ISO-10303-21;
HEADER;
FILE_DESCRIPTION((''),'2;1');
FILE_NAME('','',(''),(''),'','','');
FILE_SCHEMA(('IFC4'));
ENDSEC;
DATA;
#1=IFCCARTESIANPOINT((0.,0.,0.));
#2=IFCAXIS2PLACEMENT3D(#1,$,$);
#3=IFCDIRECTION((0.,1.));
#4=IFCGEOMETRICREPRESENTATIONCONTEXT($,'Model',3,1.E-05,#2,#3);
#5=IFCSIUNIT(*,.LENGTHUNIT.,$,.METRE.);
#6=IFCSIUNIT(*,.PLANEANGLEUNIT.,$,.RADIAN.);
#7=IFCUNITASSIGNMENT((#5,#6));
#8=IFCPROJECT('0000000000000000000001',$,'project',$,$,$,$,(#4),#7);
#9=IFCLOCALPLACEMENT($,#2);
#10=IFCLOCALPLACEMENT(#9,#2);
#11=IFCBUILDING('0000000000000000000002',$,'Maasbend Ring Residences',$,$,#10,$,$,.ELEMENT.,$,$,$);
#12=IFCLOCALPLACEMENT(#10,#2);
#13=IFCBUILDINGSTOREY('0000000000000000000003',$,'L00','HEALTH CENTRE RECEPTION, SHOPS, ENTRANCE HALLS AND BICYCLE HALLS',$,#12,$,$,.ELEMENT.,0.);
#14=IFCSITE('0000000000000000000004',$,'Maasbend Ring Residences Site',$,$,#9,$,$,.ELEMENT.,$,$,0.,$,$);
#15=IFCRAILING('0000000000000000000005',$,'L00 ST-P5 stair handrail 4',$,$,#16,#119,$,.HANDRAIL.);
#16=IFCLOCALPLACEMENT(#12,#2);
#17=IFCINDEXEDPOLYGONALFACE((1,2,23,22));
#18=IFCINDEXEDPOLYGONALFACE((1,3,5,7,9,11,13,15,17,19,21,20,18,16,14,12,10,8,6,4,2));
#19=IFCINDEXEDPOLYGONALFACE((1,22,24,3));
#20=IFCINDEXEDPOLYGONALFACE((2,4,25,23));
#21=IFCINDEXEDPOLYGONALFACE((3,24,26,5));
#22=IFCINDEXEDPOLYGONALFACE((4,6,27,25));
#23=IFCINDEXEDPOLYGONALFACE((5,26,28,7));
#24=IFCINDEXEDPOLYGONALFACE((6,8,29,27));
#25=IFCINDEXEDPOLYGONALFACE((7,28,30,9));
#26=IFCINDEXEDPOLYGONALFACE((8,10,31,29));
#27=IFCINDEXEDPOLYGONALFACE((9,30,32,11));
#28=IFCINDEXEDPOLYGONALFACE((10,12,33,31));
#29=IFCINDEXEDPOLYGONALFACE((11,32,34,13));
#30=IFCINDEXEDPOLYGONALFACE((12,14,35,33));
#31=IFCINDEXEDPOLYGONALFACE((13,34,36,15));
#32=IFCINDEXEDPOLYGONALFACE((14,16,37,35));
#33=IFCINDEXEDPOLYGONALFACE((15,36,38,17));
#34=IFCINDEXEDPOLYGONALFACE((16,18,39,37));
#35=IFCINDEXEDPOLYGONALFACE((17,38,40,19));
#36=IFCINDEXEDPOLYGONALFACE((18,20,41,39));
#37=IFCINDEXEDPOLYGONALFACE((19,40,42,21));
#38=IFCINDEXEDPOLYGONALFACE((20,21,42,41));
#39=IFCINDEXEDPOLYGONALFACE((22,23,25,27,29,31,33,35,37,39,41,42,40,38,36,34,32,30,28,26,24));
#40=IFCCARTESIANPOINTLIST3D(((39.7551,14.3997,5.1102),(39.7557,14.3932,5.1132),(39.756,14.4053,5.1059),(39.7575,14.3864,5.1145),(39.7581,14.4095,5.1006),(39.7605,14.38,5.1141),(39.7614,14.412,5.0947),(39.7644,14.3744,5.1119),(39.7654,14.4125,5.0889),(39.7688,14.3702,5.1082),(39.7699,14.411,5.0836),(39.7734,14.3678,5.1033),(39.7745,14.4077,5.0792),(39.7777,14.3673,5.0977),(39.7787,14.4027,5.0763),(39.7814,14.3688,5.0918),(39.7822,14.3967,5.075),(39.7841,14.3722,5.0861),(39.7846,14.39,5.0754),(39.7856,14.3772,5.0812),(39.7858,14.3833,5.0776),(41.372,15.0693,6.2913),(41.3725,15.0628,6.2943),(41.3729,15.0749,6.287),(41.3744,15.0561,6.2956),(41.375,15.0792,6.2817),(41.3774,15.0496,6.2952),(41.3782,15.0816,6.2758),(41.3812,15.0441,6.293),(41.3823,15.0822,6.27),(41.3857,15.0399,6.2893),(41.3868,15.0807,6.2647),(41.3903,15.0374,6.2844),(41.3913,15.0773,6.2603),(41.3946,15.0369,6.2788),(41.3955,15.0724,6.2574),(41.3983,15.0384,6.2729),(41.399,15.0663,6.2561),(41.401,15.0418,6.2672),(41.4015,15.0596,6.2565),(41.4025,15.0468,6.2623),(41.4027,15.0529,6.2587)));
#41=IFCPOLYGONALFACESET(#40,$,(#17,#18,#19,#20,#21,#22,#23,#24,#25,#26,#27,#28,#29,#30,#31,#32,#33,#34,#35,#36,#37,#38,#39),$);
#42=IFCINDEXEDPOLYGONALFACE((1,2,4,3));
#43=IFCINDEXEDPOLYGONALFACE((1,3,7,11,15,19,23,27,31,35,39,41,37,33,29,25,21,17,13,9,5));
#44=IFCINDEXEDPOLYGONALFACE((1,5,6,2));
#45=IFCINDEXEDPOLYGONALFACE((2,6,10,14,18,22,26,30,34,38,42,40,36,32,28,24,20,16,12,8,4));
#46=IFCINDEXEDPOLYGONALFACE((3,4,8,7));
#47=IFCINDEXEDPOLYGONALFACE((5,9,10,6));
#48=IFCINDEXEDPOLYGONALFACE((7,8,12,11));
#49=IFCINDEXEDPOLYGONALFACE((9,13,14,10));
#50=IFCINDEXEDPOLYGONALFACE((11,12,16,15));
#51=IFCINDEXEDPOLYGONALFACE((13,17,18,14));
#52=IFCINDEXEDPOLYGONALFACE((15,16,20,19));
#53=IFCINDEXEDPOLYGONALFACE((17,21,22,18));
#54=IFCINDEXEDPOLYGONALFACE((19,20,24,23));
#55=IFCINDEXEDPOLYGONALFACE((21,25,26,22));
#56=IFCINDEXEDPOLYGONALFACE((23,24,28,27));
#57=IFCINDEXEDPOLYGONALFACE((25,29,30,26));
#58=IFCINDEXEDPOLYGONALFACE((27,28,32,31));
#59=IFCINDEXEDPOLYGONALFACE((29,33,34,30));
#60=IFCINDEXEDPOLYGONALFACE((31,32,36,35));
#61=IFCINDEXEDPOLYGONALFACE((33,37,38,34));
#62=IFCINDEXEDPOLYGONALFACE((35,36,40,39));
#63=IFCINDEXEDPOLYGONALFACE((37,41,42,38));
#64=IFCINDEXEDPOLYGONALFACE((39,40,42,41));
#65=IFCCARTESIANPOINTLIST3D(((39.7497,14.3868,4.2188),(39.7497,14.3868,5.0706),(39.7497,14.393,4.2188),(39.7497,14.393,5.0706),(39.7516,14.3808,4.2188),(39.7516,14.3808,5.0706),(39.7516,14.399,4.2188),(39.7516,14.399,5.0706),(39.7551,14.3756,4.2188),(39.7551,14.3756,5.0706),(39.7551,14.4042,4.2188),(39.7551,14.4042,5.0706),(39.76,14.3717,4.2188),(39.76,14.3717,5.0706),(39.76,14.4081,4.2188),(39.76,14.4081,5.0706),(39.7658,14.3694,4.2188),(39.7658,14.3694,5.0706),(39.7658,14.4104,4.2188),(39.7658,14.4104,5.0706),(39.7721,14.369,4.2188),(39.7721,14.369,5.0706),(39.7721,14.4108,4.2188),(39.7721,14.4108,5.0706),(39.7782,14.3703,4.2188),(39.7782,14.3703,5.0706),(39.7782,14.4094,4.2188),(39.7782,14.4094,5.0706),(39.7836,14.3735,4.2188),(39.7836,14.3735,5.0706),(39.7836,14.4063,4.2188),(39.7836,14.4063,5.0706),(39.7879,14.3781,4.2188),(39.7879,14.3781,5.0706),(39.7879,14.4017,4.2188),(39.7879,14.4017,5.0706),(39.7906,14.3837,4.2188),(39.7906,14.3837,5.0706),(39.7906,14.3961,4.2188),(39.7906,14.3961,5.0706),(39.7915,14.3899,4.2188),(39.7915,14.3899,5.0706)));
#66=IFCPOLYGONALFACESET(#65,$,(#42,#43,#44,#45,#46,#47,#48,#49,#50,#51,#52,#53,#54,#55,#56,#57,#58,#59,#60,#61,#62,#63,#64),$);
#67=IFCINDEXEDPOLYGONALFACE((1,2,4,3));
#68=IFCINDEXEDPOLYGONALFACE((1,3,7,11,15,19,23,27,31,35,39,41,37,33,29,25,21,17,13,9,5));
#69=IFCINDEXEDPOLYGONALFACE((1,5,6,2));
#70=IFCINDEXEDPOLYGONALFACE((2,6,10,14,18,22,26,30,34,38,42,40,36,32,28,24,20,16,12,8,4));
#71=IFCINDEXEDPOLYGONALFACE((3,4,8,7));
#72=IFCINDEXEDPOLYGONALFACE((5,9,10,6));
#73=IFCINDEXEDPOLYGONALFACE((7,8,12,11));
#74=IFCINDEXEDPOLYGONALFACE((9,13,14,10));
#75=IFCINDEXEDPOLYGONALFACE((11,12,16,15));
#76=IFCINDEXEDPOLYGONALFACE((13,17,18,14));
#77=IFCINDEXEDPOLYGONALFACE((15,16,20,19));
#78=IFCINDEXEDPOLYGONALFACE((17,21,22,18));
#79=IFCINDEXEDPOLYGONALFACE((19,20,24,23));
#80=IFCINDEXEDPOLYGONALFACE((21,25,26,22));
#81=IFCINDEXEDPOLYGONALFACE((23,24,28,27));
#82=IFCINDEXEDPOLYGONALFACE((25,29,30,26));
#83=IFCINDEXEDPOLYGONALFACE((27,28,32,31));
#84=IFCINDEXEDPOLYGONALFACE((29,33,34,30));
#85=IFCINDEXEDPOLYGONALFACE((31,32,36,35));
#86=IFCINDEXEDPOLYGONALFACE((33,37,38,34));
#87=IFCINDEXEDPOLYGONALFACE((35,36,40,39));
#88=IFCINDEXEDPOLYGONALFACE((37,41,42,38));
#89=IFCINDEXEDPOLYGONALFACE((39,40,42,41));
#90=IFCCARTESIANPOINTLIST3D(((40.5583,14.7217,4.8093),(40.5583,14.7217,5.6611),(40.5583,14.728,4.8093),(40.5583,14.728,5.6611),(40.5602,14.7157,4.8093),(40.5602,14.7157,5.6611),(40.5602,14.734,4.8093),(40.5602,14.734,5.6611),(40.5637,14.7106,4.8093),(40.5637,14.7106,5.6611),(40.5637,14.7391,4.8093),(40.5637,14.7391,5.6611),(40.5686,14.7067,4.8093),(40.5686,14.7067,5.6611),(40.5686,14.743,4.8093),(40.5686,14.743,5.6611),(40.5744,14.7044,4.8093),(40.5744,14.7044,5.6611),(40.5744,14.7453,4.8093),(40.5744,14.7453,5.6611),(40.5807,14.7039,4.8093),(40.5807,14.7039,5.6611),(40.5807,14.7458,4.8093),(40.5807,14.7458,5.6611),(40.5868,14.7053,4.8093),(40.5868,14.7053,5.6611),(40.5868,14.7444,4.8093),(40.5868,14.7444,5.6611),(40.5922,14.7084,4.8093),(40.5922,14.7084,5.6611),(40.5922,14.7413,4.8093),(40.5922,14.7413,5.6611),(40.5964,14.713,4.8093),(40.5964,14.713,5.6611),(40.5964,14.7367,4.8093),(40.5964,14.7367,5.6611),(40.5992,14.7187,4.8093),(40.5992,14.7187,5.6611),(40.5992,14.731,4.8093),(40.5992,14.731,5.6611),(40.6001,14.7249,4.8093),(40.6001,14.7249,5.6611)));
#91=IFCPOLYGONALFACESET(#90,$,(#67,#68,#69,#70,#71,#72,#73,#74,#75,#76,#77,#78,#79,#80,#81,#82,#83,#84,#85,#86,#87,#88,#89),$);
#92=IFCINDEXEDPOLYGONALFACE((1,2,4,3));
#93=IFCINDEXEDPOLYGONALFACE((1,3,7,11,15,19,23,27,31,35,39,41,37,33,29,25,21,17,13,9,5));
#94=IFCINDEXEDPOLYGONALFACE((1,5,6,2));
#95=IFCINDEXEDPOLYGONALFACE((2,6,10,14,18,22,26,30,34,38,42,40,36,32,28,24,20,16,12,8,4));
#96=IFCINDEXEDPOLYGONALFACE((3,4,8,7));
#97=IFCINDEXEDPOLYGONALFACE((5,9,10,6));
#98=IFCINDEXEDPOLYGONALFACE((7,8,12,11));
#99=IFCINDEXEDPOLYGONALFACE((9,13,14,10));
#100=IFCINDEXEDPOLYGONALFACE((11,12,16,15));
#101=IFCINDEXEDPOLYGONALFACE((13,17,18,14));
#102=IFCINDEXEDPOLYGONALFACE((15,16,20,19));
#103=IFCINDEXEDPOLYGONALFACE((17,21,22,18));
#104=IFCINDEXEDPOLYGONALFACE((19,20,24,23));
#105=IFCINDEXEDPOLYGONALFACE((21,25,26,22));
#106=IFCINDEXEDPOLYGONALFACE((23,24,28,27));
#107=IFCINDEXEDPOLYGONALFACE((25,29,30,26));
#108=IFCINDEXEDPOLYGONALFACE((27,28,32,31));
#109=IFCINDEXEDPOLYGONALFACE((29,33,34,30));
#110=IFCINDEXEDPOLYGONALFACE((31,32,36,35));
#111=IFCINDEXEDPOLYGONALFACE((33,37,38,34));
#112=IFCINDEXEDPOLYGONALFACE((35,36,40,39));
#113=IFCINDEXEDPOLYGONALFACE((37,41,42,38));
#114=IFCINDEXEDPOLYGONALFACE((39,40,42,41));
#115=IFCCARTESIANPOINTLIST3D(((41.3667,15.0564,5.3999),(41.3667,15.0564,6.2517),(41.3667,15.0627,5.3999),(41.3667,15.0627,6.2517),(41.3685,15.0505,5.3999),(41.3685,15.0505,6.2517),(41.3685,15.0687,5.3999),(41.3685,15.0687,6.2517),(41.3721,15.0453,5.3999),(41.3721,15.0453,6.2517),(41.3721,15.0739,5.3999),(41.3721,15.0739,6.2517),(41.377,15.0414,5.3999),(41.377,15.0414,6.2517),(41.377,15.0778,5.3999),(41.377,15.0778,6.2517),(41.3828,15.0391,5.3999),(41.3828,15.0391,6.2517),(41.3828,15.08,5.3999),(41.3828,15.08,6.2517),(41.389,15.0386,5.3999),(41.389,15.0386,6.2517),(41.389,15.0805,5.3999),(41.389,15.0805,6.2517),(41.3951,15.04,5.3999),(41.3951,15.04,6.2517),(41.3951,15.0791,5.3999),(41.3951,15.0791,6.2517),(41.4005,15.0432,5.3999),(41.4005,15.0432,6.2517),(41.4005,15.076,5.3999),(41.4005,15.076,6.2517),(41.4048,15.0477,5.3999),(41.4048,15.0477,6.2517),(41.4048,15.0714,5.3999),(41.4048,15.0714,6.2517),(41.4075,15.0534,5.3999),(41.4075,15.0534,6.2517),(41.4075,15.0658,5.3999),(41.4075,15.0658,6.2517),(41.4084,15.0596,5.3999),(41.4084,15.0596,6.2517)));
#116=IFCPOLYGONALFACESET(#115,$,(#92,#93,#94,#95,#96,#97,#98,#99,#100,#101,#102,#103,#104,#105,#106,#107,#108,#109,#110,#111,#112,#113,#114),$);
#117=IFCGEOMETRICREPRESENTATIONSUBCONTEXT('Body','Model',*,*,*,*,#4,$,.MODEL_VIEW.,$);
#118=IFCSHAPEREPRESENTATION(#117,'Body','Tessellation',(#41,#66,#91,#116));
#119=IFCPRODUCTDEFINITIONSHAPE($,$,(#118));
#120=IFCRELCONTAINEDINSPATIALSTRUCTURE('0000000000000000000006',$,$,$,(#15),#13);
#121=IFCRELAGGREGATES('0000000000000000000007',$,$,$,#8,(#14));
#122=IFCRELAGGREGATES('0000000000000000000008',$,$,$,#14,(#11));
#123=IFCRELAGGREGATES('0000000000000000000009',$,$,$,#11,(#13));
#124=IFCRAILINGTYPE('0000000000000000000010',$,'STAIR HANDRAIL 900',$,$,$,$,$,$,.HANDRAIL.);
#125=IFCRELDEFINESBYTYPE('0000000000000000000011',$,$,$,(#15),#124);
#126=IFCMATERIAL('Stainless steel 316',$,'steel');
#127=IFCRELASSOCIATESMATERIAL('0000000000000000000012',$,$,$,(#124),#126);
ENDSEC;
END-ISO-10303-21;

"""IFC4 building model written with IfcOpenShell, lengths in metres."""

from ifc_helpers import new_model, si_unit, direction, frame, origin, origin_2d, place, context, subcontext, project, spatial, circle, extrude, material, type_object, element, save


model = new_model("IFC4")

# Units and contexts
model_context = context("Model", 3, precision=1e-05, world=origin(), true_north=direction((0.0, 1.0)))
body_context = subcontext(model_context, "Body", "Model", "MODEL_VIEW")
ifc_project = project(units=[si_unit("LENGTHUNIT", "METRE"), si_unit("PLANEANGLEUNIT", "RADIAN")], contexts=[model_context])

# Site, building, storey
site_placement = place(None, origin())
site = spatial("IfcSite", under=ifc_project, at=site_placement, Name="Maasbend Ring Residences Site", CompositionType="ELEMENT", RefElevation=0.0)
building_placement = place(site_placement, origin())
building = spatial("IfcBuilding", under=site, at=building_placement, Name="Maasbend Ring Residences", CompositionType="ELEMENT")
storey_placement = place(building_placement, origin())
storey = spatial("IfcBuildingStorey", under=building, at=storey_placement, Name="L00", Description="HEALTH CENTRE RECEPTION, SHOPS, ENTRANCE HALLS AND BICYCLE HALLS", CompositionType="ELEMENT", Elevation=0.0)

# Railing
ifc_material_1 = material(Name="Stainless steel 316", Category="steel")
railing_type = type_object("IfcRailingType", Name="STAIR HANDRAIL 900", PredefinedType="HANDRAIL", material=ifc_material_1)
for number, where, name in (
    (1, (39.7705, 14.3899, 4.2188), "L00 ST-P5 stair handrail 4"),
):
    element("IfcRailing", number, at=place(storey_placement, frame(where)), inside=storey, type_object=railing_type, Name=name, PredefinedType="HANDRAIL", context=body_context, shape_type="SweptSolid", body=[
        extrude(circle(Radius=0.0239, at=origin_2d()), frame((0.0, 0.0, 0.876), z_axis=(0.765808, 0.317169, 0.559411), x_axis=(-0.382643, 0.923896, 0.0)), (0.0, 0.0, 1.0), 2.1113),
        extrude(circle(Radius=0.021, at=origin_2d()), origin(), (0.0, 0.0, 1.0), 0.8518),
        extrude(circle(Radius=0.021, at=origin_2d()), frame((0.8086, 0.335, 0.5906)), (0.0, 0.0, 1.0), 0.8518),
        extrude(circle(Radius=0.021, at=origin_2d()), frame((1.6169, 0.6697, 1.1812)), (0.0, 0.0, 1.0), 0.8518),
    ])

save(model, "model.ifc")
